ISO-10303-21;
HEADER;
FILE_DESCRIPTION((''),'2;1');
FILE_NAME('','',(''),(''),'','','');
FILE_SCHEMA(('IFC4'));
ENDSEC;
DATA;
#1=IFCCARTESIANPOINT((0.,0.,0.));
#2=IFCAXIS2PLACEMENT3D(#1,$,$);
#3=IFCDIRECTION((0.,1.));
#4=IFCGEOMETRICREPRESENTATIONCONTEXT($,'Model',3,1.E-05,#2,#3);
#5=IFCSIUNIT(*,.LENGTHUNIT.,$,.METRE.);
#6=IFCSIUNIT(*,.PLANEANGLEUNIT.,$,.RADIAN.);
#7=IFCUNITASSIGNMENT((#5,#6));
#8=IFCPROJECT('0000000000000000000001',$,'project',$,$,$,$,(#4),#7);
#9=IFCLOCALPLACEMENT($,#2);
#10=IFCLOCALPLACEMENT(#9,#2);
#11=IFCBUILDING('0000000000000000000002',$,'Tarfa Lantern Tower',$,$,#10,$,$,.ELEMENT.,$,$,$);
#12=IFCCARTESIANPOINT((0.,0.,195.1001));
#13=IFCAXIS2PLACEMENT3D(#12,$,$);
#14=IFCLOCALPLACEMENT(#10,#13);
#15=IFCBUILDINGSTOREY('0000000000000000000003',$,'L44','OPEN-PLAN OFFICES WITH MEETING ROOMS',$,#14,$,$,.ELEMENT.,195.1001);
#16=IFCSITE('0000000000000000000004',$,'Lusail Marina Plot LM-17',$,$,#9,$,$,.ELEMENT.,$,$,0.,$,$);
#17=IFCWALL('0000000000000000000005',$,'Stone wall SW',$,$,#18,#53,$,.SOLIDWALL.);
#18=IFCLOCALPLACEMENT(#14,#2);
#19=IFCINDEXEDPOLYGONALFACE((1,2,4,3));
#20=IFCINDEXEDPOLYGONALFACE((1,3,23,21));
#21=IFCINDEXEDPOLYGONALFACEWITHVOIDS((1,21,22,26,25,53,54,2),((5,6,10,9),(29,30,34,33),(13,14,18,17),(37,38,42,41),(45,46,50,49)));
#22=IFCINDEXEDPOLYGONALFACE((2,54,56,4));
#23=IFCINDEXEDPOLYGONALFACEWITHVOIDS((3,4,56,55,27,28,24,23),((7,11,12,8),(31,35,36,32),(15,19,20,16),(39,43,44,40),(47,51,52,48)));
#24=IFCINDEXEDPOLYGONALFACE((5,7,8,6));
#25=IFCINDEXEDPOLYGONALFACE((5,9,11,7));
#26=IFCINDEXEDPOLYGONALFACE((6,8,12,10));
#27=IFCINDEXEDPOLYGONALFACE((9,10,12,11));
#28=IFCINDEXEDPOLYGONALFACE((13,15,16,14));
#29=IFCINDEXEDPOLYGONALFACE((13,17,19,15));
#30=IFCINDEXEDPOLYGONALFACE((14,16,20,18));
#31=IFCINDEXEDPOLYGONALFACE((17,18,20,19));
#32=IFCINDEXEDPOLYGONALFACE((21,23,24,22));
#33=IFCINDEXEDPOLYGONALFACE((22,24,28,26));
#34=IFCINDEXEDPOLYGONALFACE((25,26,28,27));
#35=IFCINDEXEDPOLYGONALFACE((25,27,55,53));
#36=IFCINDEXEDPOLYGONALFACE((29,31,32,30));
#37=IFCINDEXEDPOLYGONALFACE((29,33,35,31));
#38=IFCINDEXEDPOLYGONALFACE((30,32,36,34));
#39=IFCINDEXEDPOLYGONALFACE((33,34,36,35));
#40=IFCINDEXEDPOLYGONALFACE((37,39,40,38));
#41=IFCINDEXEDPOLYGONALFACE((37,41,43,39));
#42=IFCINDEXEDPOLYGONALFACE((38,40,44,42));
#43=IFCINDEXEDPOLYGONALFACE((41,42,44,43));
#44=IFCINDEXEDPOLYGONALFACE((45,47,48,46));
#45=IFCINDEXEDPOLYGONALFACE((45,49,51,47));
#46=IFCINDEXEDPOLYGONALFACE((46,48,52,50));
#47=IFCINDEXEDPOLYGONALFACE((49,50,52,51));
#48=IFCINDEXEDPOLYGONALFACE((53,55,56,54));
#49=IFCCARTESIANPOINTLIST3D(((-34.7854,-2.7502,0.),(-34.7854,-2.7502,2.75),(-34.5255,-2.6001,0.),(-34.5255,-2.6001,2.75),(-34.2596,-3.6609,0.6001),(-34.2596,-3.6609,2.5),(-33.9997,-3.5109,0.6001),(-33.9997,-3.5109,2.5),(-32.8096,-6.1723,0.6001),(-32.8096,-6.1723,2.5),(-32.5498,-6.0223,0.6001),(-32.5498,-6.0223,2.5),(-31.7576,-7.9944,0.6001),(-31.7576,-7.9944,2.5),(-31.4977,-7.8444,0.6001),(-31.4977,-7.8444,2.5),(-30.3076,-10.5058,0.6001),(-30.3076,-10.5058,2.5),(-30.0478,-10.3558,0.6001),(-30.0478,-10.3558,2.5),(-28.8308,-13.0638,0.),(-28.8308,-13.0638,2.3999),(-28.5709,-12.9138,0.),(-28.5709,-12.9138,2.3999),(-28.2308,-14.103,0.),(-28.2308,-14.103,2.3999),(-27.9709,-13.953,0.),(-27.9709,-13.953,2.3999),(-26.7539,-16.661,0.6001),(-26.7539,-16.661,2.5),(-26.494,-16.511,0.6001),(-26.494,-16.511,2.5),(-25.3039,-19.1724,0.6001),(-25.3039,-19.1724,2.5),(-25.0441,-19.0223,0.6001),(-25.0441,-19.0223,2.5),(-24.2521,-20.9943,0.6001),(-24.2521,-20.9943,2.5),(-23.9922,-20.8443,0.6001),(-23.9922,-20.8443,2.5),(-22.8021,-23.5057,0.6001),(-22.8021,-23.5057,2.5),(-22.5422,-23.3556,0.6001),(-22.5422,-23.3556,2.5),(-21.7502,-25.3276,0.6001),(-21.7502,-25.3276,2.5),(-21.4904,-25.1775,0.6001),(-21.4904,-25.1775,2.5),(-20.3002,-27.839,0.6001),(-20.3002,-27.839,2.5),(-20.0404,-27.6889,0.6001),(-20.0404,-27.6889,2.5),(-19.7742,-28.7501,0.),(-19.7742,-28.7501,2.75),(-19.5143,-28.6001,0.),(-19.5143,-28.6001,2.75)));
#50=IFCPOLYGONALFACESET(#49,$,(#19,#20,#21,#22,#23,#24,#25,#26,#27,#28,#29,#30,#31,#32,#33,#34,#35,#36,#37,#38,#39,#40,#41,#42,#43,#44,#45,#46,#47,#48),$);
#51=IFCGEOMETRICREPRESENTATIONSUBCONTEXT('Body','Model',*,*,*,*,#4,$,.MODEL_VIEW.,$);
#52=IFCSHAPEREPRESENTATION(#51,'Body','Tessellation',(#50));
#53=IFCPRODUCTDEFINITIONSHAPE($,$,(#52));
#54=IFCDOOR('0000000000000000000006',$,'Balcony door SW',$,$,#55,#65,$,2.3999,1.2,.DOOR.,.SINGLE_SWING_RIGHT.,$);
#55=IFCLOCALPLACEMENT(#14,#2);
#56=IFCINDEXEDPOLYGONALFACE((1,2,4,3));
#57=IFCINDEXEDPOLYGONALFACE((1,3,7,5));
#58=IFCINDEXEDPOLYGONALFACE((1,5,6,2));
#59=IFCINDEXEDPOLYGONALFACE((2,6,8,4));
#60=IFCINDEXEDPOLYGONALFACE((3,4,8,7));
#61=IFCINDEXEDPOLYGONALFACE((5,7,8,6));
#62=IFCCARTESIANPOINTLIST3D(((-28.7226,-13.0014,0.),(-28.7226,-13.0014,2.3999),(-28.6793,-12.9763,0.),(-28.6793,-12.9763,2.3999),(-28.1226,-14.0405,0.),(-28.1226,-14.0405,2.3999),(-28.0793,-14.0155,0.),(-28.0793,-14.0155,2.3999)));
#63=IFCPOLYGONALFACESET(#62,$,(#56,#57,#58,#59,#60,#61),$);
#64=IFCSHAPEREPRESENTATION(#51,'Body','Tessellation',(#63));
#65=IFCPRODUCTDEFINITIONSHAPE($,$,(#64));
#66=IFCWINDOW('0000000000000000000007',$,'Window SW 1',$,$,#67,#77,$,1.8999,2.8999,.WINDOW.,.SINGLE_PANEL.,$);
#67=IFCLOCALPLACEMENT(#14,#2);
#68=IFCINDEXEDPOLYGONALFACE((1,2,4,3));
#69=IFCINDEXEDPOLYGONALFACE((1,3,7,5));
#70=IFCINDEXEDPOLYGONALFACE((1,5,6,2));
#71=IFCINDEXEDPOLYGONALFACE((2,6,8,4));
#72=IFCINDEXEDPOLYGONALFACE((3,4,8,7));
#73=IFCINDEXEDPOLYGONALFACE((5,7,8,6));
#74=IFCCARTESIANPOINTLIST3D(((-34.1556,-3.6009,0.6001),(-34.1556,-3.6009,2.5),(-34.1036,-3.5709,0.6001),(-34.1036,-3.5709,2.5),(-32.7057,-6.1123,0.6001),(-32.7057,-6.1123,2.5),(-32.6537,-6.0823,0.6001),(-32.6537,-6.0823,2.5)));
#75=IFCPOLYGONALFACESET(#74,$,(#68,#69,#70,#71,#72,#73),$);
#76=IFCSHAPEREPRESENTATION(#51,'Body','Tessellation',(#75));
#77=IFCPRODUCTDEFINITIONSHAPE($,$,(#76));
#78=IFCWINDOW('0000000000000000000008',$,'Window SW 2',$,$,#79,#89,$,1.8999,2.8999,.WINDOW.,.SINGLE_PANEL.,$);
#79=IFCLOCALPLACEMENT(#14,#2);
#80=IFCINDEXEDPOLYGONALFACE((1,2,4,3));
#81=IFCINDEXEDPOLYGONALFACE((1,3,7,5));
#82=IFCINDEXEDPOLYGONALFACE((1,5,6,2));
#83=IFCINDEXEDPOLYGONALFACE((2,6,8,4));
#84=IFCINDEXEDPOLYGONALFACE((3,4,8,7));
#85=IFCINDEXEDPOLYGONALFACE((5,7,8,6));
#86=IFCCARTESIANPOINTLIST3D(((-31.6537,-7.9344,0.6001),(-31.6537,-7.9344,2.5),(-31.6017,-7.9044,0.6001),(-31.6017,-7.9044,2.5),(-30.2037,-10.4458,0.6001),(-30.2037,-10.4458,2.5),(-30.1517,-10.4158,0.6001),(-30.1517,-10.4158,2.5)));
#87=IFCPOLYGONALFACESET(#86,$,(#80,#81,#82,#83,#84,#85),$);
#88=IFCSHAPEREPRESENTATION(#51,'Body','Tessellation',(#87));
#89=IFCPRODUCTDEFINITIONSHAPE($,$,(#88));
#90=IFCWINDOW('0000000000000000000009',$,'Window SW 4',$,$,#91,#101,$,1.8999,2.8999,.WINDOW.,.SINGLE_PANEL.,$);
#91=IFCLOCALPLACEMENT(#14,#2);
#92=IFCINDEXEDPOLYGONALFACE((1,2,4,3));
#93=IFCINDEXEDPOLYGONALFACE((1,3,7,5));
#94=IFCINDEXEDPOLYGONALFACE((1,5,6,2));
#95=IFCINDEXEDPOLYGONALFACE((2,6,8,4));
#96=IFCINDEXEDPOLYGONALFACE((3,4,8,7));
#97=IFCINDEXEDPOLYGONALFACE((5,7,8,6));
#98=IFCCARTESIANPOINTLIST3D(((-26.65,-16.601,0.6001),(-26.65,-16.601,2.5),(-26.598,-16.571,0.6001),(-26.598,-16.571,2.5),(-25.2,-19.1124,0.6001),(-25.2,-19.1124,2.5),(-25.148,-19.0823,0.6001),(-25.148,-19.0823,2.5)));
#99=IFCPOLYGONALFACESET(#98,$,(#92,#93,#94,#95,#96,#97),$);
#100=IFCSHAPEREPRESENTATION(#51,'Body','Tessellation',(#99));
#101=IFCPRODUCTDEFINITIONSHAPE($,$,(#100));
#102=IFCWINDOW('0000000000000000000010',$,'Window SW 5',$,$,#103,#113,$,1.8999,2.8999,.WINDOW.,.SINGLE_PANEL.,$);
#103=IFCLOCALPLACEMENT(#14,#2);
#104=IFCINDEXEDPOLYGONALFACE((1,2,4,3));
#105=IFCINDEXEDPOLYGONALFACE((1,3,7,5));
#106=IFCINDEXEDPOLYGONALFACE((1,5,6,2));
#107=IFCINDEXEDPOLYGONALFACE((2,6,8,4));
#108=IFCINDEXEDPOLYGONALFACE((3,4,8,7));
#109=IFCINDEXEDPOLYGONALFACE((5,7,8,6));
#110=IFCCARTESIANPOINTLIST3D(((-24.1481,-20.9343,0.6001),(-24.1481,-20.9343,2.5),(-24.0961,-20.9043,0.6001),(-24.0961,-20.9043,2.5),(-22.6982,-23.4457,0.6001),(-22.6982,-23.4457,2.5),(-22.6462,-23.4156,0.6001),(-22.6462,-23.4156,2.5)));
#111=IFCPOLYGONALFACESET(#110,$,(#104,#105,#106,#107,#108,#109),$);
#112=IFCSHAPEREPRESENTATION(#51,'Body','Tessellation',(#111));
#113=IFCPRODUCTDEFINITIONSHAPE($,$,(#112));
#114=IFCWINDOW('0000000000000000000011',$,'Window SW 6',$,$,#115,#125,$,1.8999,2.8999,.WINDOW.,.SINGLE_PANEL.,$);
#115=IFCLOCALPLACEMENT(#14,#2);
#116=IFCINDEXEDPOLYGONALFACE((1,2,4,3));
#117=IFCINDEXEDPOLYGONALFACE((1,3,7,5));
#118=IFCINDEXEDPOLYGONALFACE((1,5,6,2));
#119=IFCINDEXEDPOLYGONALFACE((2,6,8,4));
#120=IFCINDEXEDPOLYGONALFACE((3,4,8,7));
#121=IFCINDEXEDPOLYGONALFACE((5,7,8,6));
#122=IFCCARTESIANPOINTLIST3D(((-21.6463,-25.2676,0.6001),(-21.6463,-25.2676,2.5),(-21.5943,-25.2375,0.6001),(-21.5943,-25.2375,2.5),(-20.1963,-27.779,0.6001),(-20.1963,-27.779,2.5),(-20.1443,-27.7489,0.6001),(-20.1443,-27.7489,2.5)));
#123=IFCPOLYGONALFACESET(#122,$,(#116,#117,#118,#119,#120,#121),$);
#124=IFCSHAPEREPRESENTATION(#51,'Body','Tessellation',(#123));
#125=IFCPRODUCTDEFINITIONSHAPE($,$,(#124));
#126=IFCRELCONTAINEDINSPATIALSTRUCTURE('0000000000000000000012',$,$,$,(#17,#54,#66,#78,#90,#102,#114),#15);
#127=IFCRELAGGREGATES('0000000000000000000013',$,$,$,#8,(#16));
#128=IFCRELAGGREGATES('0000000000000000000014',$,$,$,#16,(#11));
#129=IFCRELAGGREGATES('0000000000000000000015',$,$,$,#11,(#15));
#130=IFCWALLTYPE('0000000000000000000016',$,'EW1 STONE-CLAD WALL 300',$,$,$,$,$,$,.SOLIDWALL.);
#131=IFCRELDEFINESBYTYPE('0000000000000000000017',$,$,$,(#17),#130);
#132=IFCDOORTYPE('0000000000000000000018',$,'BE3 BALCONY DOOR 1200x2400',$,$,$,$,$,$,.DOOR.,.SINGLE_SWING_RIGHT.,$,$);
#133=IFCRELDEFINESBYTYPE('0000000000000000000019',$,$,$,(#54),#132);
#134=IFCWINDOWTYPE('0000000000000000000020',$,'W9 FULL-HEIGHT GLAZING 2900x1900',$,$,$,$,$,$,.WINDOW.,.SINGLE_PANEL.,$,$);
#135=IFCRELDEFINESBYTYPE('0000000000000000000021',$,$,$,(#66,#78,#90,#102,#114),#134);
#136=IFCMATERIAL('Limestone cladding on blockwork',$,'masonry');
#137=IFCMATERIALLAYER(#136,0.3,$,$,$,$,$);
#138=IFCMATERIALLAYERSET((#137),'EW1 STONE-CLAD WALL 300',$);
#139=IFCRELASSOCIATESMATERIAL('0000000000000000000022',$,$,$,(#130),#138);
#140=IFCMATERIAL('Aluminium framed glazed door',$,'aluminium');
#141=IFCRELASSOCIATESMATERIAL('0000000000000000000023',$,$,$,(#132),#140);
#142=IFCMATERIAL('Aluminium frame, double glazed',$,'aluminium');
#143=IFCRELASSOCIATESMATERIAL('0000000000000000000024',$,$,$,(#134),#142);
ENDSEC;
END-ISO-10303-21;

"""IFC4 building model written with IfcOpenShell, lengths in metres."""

from ifc_helpers import new_model, si_unit, direction, frame, frame_2d, origin, place, context, subcontext, project, spatial, rectangle, extrude, material, layer, layer_set, type_object, element, fill, save


model = new_model("IFC4")

# Units and contexts
model_context = context("Model", 3, precision=1e-05, world=origin(), true_north=direction((0.0, 1.0)))
body_context = subcontext(model_context, "Body", "Model", "MODEL_VIEW")
ifc_project = project(units=[si_unit("LENGTHUNIT", "METRE"), si_unit("PLANEANGLEUNIT", "RADIAN")], contexts=[model_context])

# Site, building, storey
site_placement = place(None, origin())
site = spatial("IfcSite", under=ifc_project, at=site_placement, Name="Lusail Marina Plot LM-17", CompositionType="ELEMENT", RefElevation=0.0)
building_placement = place(site_placement, origin())
building = spatial("IfcBuilding", under=site, at=building_placement, Name="Tarfa Lantern Tower", CompositionType="ELEMENT")
storey_placement = place(building_placement, frame((0.0, 0.0, 195.1001)))
storey = spatial("IfcBuildingStorey", under=building, at=storey_placement, Name="L44", Description="OPEN-PLAN OFFICES WITH MEETING ROOMS", CompositionType="ELEMENT", Elevation=195.1001)

# Wall, openings, door, windows
ifc_material_1 = material(Name="Limestone cladding on blockwork", Category="masonry")
ifc_layer_1 = layer(ifc_material_1, 0.3)
ifc_layer_set_1 = layer_set([ifc_layer_1], Name="EW1 STONE-CLAD WALL 300")
wall_type_1 = type_object("IfcWallType", Name="EW1 STONE-CLAD WALL 300", PredefinedType="SOLIDWALL", material=ifc_layer_set_1)
wall_1_placement = place(storey_placement, frame((-34.6555, -2.675, 0.0), z_axis=(0.0, 0.0, 1.0), x_axis=(0.500003, -0.866024, 0.0)))
wall_1 = element("IfcWall", 1, at=wall_1_placement, inside=storey, type_object=wall_type_1, Name="Stone wall SW", PredefinedType="SOLIDWALL", context=body_context, shape_type="SweptSolid", body=[
    extrude(rectangle(XDim=30.0222, YDim=0.3, at=frame_2d((15.0112, 0.0))), origin(), (0.0, 0.0, 1.0), 2.75),
])
opening_1_placement = place(wall_1_placement, frame((1.0518, 0.0, 0.6001)))
opening_1 = element("IfcOpeningElement", 2, at=opening_1_placement, cuts=wall_1, PredefinedType="OPENING", context=body_context, shape_type="SweptSolid", body=[
    extrude(rectangle(XDim=2.8999, YDim=1.8999, at=frame_2d((1.45, 0.95))), frame((0.0, 0.1599, 0.0), z_axis=(0.0, -1.0, 0.0), x_axis=(1.0, 0.0, 0.0)), (0.0, 0.0, 1.0), 0.3201),
])
opening_2_placement = place(wall_1_placement, frame((6.0557, 0.0, 0.6001)))
opening_2 = element("IfcOpeningElement", 3, at=opening_2_placement, cuts=wall_1, PredefinedType="OPENING", context=body_context, shape_type="SweptSolid", body=[
    extrude(rectangle(XDim=2.8999, YDim=1.8999, at=frame_2d((1.45, 0.95))), frame((0.0, 0.1599, 0.0), z_axis=(0.0, -1.0, 0.0), x_axis=(1.0, 0.0, 0.0)), (0.0, 0.0, 1.0), 0.3201),
])
opening_3_placement = place(wall_1_placement, frame((11.9092, 0.0, 0.0)))
opening_3 = element("IfcOpeningElement", 4, at=opening_3_placement, cuts=wall_1, PredefinedType="OPENING", context=body_context, shape_type="SweptSolid", body=[
    extrude(rectangle(XDim=1.2, YDim=2.3999, at=frame_2d((0.6001, 1.2))), frame((0.0, 0.1599, 0.0), z_axis=(0.0, -1.0, 0.0), x_axis=(1.0, 0.0, 0.0)), (0.0, 0.0, 1.0), 0.3201),
])
opening_4_placement = place(wall_1_placement, frame((16.063, 0.0, 0.6001)))
opening_4 = element("IfcOpeningElement", 5, at=opening_4_placement, cuts=wall_1, PredefinedType="OPENING", context=body_context, shape_type="SweptSolid", body=[
    extrude(rectangle(XDim=2.8999, YDim=1.8999, at=frame_2d((1.45, 0.95))), frame((0.0, 0.1599, 0.0), z_axis=(0.0, -1.0, 0.0), x_axis=(1.0, 0.0, 0.0)), (0.0, 0.0, 1.0), 0.3201),
])
opening_5_placement = place(wall_1_placement, frame((21.0667, 0.0, 0.6001)))
opening_5 = element("IfcOpeningElement", 6, at=opening_5_placement, cuts=wall_1, PredefinedType="OPENING", context=body_context, shape_type="SweptSolid", body=[
    extrude(rectangle(XDim=2.8999, YDim=1.8999, at=frame_2d((1.45, 0.95))), frame((0.0, 0.1599, 0.0), z_axis=(0.0, -1.0, 0.0), x_axis=(1.0, 0.0, 0.0)), (0.0, 0.0, 1.0), 0.3201),
])
opening_6_placement = place(wall_1_placement, frame((26.0703, 0.0, 0.6001)))
opening_6 = element("IfcOpeningElement", 7, at=opening_6_placement, cuts=wall_1, PredefinedType="OPENING", context=body_context, shape_type="SweptSolid", body=[
    extrude(rectangle(XDim=2.8999, YDim=1.8999, at=frame_2d((1.45, 0.95))), frame((0.0, 0.1599, 0.0), z_axis=(0.0, -1.0, 0.0), x_axis=(1.0, 0.0, 0.0)), (0.0, 0.0, 1.0), 0.3201),
])
ifc_material_2 = material(Name="Aluminium framed glazed door", Category="aluminium")
door_type_1 = type_object("IfcDoorType", Name="BE3 BALCONY DOOR 1200x2400", OperationType="SINGLE_SWING_RIGHT", PredefinedType="DOOR", material=ifc_material_2)
door_1_placement = place(opening_3_placement, origin())
door_1 = element("IfcDoor", 8, at=door_1_placement, inside=storey, type_object=door_type_1, Name="Balcony door SW", OperationType="SINGLE_SWING_RIGHT", OverallHeight=2.3999, OverallWidth=1.2, PredefinedType="DOOR", context=body_context, shape_type="SweptSolid", body=[
    extrude(rectangle(XDim=1.2, YDim=2.3999, at=frame_2d((0.6001, 1.2))), frame((0.0, 0.0249, 0.0), z_axis=(0.0, -1.0, 0.0), x_axis=(1.0, 0.0, 0.0)), (0.0, 0.0, 1.0), 0.05),
])
fill(opening_3, door_1)
ifc_material_3 = material(Name="Aluminium frame, double glazed", Category="aluminium")
window_type = type_object("IfcWindowType", Name="W9 FULL-HEIGHT GLAZING 2900x1900", PartitioningType="SINGLE_PANEL", PredefinedType="WINDOW", material=ifc_material_3)
window_1_placement = place(opening_1_placement, origin())
window_1 = element("IfcWindow", 9, at=window_1_placement, inside=storey, type_object=window_type, Name="Window SW 1", OverallHeight=1.8999, OverallWidth=2.8999, PartitioningType="SINGLE_PANEL", PredefinedType="WINDOW", context=body_context, shape_type="SweptSolid", body=[
    extrude(rectangle(XDim=2.8999, YDim=1.8999, at=frame_2d((1.45, 0.95))), frame((0.0, 0.03, 0.0), z_axis=(0.0, -1.0, 0.0), x_axis=(1.0, 0.0, 0.0)), (0.0, 0.0, 1.0), 0.0601),
])
fill(opening_1, window_1)
window_2_placement = place(opening_2_placement, origin())
window_2 = element("IfcWindow", 10, at=window_2_placement, inside=storey, type_object=window_type, Name="Window SW 2", OverallHeight=1.8999, OverallWidth=2.8999, PartitioningType="SINGLE_PANEL", PredefinedType="WINDOW", context=body_context, shape_type="SweptSolid", body=[
    extrude(rectangle(XDim=2.8999, YDim=1.8999, at=frame_2d((1.45, 0.95))), frame((0.0, 0.03, 0.0), z_axis=(0.0, -1.0, 0.0), x_axis=(1.0, 0.0, 0.0)), (0.0, 0.0, 1.0), 0.0601),
])
fill(opening_2, window_2)
window_3_placement = place(opening_4_placement, origin())
window_3 = element("IfcWindow", 11, at=window_3_placement, inside=storey, type_object=window_type, Name="Window SW 4", OverallHeight=1.8999, OverallWidth=2.8999, PartitioningType="SINGLE_PANEL", PredefinedType="WINDOW", context=body_context, shape_type="SweptSolid", body=[
    extrude(rectangle(XDim=2.8999, YDim=1.8999, at=frame_2d((1.45, 0.95))), frame((0.0, 0.03, 0.0), z_axis=(0.0, -1.0, 0.0), x_axis=(1.0, 0.0, 0.0)), (0.0, 0.0, 1.0), 0.0601),
])
fill(opening_4, window_3)
window_4_placement = place(opening_5_placement, origin())
window_4 = element("IfcWindow", 12, at=window_4_placement, inside=storey, type_object=window_type, Name="Window SW 5", OverallHeight=1.8999, OverallWidth=2.8999, PartitioningType="SINGLE_PANEL", PredefinedType="WINDOW", context=body_context, shape_type="SweptSolid", body=[
    extrude(rectangle(XDim=2.8999, YDim=1.8999, at=frame_2d((1.45, 0.95))), frame((0.0, 0.03, 0.0), z_axis=(0.0, -1.0, 0.0), x_axis=(1.0, 0.0, 0.0)), (0.0, 0.0, 1.0), 0.0601),
])
fill(opening_5, window_4)
window_5_placement = place(opening_6_placement, origin())
window_5 = element("IfcWindow", 13, at=window_5_placement, inside=storey, type_object=window_type, Name="Window SW 6", OverallHeight=1.8999, OverallWidth=2.8999, PartitioningType="SINGLE_PANEL", PredefinedType="WINDOW", context=body_context, shape_type="SweptSolid", body=[
    extrude(rectangle(XDim=2.8999, YDim=1.8999, at=frame_2d((1.45, 0.95))), frame((0.0, 0.03, 0.0), z_axis=(0.0, -1.0, 0.0), x_axis=(1.0, 0.0, 0.0)), (0.0, 0.0, 1.0), 0.0601),
])
fill(opening_6, window_5)

save(model, "model.ifc")
